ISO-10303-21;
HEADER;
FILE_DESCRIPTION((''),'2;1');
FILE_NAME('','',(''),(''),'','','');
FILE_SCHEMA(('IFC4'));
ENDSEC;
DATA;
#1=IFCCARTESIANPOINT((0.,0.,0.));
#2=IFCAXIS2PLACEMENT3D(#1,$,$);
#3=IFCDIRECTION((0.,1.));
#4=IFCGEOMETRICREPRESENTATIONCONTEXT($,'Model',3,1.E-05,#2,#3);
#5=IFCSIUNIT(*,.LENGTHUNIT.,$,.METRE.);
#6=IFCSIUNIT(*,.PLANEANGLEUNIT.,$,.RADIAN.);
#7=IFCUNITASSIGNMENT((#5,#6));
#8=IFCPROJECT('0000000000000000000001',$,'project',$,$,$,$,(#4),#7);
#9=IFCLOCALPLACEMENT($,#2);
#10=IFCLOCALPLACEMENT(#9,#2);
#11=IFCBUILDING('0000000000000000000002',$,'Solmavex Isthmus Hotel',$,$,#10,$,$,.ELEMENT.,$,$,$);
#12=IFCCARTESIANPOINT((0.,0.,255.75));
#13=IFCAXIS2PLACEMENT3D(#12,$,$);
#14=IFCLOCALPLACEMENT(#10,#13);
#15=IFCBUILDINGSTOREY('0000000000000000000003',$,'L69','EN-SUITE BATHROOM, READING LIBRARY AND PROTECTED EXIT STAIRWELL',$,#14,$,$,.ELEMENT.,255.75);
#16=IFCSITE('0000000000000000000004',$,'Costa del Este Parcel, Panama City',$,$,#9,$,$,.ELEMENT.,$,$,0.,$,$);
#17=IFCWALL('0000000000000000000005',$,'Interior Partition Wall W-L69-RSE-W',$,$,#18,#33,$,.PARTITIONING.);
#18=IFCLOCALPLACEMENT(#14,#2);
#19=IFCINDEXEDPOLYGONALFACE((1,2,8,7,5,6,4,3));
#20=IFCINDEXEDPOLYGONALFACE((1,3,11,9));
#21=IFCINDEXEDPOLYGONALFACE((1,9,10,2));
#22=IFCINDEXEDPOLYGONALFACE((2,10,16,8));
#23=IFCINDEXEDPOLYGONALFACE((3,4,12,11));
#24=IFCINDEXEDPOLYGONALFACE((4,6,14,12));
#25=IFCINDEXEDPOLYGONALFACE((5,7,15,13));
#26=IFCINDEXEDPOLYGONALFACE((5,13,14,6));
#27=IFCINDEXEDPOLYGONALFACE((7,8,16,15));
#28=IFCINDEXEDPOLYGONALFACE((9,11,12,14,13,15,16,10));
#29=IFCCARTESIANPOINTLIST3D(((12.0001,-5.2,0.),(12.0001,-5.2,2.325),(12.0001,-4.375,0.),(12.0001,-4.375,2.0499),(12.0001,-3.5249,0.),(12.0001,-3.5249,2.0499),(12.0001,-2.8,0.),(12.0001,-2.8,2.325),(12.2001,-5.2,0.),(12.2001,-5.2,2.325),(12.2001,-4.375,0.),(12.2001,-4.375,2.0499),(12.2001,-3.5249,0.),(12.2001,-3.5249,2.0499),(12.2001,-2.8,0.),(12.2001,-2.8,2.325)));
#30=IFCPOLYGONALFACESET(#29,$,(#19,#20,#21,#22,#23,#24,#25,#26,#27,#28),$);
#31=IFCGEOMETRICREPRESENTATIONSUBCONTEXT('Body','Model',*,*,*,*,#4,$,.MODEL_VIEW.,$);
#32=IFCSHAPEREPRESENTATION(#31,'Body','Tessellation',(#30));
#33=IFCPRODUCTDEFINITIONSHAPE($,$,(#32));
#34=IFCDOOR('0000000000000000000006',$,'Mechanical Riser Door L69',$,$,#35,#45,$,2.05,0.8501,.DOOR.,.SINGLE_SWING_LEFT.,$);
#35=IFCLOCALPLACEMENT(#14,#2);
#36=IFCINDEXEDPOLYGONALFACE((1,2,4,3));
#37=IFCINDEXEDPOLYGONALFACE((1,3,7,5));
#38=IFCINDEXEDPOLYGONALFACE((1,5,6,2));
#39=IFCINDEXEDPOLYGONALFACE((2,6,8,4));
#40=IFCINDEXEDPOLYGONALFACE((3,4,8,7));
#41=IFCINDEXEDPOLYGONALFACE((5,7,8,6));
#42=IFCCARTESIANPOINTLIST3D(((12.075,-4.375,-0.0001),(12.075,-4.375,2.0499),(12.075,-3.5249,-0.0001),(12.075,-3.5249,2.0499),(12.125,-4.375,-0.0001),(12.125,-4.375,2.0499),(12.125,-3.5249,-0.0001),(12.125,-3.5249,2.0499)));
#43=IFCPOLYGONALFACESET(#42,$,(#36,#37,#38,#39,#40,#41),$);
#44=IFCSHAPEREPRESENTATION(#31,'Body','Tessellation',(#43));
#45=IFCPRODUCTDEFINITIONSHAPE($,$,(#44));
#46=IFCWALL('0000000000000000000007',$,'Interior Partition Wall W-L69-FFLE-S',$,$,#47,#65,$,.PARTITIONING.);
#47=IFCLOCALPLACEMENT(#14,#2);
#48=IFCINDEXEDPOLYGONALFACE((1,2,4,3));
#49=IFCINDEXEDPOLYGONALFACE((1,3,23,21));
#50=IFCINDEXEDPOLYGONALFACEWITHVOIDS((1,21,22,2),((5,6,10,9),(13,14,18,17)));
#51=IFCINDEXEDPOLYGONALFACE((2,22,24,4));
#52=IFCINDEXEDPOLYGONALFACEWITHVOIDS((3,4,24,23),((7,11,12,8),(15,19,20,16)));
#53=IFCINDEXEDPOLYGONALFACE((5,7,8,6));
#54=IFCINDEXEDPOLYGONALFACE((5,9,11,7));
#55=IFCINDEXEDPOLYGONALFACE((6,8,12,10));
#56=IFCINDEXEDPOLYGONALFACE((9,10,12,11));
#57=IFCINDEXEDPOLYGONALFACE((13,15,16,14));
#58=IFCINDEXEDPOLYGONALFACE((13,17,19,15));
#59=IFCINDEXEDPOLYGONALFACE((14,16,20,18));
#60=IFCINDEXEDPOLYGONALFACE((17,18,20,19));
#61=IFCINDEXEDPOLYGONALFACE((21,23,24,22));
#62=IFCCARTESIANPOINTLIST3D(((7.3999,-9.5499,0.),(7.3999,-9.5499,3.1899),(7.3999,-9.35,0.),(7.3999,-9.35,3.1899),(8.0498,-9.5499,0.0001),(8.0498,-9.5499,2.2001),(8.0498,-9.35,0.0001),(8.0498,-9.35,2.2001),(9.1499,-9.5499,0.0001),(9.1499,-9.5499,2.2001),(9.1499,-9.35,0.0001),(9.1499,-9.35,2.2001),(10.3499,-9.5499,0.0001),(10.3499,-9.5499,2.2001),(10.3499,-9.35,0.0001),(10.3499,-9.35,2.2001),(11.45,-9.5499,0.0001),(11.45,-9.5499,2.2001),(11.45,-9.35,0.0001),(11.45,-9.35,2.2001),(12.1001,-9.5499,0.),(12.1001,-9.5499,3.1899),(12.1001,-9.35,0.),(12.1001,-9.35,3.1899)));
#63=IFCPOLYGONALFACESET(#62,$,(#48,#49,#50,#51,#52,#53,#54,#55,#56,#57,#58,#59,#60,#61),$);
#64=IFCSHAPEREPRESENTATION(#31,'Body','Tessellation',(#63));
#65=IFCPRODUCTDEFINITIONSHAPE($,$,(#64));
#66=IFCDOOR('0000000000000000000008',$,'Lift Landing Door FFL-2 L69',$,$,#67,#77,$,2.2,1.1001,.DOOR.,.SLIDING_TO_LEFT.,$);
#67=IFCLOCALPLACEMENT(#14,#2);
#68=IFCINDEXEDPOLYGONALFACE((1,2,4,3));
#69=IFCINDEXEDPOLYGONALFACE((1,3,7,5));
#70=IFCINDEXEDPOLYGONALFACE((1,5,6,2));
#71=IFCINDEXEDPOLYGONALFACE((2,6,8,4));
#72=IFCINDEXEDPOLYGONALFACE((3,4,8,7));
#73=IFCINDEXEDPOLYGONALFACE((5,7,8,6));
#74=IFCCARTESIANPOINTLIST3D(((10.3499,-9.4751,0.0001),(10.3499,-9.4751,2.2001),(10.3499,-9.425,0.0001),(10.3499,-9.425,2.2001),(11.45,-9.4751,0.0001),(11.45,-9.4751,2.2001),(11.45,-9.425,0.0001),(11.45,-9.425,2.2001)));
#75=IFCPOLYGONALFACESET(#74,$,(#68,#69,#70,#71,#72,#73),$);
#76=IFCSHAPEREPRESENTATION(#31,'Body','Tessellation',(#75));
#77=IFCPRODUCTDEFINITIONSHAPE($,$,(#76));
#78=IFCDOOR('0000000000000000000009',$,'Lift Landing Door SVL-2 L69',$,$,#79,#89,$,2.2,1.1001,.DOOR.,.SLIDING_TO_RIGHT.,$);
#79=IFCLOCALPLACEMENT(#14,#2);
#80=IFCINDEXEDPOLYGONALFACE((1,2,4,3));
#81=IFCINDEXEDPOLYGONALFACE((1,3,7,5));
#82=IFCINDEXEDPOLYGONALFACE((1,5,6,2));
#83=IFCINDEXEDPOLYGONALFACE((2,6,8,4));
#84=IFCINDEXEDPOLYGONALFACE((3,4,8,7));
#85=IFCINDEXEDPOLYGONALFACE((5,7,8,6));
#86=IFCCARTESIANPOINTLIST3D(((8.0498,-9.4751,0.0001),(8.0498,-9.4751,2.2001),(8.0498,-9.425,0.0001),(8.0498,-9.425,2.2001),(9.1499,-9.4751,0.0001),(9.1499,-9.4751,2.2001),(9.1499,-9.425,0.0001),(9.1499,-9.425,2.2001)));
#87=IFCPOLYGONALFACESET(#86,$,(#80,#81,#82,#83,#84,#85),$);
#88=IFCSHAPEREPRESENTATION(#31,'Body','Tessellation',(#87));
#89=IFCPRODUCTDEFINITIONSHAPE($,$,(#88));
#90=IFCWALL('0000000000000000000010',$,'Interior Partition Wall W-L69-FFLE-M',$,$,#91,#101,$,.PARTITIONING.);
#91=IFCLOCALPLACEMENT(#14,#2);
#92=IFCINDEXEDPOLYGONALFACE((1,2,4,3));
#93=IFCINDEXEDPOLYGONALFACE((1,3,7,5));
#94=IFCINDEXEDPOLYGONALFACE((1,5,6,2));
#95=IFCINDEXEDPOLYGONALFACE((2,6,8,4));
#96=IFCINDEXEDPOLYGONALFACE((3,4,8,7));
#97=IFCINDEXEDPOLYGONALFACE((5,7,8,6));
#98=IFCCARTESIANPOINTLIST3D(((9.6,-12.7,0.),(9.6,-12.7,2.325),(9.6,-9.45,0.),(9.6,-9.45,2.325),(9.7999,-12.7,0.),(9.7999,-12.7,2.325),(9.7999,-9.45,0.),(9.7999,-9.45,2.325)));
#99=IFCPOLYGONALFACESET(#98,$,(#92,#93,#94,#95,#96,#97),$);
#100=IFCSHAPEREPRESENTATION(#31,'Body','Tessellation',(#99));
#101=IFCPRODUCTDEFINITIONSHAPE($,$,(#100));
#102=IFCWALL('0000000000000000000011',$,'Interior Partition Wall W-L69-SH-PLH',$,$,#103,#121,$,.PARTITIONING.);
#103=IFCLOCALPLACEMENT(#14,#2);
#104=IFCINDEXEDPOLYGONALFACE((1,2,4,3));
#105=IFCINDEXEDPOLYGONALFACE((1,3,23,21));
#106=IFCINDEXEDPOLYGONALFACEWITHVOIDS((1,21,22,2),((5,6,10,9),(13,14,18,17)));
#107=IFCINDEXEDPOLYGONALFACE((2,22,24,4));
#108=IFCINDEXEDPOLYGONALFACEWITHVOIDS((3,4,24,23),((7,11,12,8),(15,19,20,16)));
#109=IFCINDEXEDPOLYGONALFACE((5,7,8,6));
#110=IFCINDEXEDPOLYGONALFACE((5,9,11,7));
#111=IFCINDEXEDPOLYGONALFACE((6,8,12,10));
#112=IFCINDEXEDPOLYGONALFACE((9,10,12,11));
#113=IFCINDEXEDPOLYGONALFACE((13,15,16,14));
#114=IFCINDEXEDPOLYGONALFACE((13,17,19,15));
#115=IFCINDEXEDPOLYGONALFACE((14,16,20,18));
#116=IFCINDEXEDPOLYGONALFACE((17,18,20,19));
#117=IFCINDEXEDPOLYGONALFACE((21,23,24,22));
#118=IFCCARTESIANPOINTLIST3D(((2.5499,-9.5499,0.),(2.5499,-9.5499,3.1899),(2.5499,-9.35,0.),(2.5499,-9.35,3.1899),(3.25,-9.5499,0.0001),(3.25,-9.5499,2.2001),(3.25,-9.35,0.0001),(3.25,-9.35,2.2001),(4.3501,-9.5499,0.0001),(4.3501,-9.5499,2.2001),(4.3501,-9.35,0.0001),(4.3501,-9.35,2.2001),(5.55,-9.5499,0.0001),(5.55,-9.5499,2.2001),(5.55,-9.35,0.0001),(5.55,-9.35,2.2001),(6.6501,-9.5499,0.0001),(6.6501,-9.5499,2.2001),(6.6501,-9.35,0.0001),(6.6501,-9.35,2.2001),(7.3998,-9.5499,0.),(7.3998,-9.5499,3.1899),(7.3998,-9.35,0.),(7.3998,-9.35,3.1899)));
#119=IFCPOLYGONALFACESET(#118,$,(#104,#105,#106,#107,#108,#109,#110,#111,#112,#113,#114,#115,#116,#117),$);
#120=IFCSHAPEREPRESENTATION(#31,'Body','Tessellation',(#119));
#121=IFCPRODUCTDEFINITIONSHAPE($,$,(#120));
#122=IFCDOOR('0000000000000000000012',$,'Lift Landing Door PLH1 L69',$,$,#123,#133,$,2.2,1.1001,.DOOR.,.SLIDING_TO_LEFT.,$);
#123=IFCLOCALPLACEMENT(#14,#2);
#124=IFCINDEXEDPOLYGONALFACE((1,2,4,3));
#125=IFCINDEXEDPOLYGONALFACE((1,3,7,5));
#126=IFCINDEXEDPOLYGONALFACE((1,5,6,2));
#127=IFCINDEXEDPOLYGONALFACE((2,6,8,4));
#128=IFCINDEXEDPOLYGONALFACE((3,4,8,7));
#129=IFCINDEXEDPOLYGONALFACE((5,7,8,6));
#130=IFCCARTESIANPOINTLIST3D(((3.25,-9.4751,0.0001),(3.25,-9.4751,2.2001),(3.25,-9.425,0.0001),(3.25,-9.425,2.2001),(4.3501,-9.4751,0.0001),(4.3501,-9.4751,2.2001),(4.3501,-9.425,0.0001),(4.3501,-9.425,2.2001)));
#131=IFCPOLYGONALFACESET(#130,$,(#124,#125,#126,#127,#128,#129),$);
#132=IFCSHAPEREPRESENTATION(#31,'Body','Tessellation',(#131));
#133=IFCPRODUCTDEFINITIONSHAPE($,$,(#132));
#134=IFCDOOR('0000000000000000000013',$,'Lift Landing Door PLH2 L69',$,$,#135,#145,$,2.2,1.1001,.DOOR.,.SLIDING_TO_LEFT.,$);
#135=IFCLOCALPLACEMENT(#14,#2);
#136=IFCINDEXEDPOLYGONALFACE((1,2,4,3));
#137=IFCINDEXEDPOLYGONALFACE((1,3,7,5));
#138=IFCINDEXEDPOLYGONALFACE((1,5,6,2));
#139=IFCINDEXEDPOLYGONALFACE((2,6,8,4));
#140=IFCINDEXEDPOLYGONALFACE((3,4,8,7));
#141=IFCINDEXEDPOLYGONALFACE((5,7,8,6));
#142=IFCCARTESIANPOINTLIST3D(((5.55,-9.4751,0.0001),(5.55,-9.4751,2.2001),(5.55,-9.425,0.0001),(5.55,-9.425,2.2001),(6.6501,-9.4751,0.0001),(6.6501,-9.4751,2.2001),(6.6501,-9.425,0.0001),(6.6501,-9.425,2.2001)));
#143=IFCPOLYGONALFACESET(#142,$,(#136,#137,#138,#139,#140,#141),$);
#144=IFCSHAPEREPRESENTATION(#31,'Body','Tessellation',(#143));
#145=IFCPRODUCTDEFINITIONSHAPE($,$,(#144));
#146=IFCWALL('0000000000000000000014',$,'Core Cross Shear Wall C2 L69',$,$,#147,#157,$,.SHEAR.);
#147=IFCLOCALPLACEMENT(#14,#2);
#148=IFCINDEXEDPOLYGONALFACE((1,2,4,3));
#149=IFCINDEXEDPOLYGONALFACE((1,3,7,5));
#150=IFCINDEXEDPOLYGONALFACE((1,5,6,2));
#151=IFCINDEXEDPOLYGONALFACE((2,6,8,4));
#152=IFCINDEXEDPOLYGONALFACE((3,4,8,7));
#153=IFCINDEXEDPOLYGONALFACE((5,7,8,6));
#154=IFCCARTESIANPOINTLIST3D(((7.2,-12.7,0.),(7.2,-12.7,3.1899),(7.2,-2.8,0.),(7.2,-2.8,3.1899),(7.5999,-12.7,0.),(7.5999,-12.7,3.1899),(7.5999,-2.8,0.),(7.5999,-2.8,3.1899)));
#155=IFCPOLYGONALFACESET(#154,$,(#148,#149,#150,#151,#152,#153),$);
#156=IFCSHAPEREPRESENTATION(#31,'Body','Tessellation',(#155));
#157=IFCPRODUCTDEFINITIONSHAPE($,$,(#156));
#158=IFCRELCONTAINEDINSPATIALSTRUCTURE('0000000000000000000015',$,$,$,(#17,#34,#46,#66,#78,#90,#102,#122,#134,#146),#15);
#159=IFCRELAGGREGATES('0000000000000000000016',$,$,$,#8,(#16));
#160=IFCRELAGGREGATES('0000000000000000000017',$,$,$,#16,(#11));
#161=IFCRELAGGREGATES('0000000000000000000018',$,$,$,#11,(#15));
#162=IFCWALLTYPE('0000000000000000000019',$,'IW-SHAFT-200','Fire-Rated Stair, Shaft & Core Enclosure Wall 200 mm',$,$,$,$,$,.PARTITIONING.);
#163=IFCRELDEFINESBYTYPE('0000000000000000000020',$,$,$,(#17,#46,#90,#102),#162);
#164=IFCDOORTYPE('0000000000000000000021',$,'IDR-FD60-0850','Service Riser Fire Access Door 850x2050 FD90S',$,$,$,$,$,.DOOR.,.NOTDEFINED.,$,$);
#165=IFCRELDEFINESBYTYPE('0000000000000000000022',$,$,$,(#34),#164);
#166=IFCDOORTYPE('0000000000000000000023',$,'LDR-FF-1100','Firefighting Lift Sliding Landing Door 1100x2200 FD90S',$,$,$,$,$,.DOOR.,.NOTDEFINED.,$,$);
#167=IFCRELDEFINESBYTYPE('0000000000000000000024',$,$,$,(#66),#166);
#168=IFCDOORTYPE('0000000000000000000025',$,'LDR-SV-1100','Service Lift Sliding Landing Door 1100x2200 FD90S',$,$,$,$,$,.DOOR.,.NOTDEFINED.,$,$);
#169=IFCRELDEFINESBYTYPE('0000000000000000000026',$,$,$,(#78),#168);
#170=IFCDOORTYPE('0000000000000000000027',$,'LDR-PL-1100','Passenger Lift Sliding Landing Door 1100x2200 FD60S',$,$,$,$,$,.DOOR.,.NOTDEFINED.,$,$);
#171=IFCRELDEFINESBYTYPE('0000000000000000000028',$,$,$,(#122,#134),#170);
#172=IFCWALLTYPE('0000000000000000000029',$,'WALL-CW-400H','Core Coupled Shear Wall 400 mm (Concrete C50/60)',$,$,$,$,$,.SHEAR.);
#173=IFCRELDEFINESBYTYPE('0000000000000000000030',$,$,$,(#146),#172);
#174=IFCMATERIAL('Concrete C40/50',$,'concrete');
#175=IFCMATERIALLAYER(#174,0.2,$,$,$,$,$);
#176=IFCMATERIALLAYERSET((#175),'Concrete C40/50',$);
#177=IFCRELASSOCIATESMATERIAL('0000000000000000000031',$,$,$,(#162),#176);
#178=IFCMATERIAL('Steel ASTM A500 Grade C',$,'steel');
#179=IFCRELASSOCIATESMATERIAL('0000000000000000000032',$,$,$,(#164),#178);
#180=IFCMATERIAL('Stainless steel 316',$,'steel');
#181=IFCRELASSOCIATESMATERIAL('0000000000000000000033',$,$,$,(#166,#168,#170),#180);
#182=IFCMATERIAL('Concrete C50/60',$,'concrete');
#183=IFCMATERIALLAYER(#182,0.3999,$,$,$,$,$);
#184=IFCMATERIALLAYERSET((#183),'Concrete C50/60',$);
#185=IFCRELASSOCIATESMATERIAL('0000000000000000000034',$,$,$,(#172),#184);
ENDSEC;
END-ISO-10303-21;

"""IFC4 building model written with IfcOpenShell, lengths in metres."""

from ifc_helpers import new_model, si_unit, direction, frame, frame_2d, origin, place, context, subcontext, project, spatial, rectangle, extrude, material, layer, layer_set, type_object, element, fill, save


model = new_model("IFC4")

# Units and contexts
model_context = context("Model", 3, precision=1e-05, world=origin(), true_north=direction((0.0, 1.0)))
body_context = subcontext(model_context, "Body", "Model", "MODEL_VIEW")
ifc_project = project(units=[si_unit("LENGTHUNIT", "METRE"), si_unit("PLANEANGLEUNIT", "RADIAN")], contexts=[model_context])

# Site, building, storey
site_placement = place(None, origin())
site = spatial("IfcSite", under=ifc_project, at=site_placement, Name="Costa del Este Parcel, Panama City", CompositionType="ELEMENT", RefElevation=0.0)
building_placement = place(site_placement, origin())
building = spatial("IfcBuilding", under=site, at=building_placement, Name="Solmavex Isthmus Hotel", CompositionType="ELEMENT")
storey_placement = place(building_placement, frame((0.0, 0.0, 255.75)))
storey = spatial("IfcBuildingStorey", under=building, at=storey_placement, Name="L69", Description="EN-SUITE BATHROOM, READING LIBRARY AND PROTECTED EXIT STAIRWELL", CompositionType="ELEMENT", Elevation=255.75)

# Shared definitions
ifc_material_1 = material(Name="Concrete C50/60", Category="concrete")

# Shared definitions
ifc_material_2 = material(Name="Concrete C40/50", Category="concrete")

# Wall, opening, door
ifc_layer_1 = layer(ifc_material_2, 0.2)
ifc_layer_set_1 = layer_set([ifc_layer_1], Name="Concrete C40/50")
wall_type_1 = type_object("IfcWallType", Name="IW-SHAFT-200", Description="Fire-Rated Stair, Shaft & Core Enclosure Wall 200 mm", PredefinedType="PARTITIONING", material=ifc_layer_set_1)
wall_1_placement = place(storey_placement, frame((12.1001, -5.2, 0.0), z_axis=(0.0, 0.0, 1.0), x_axis=(0.0, 1.0, 0.0)))
wall_1 = element("IfcWall", 1, at=wall_1_placement, inside=storey, type_object=wall_type_1, Name="Interior Partition Wall W-L69-RSE-W", PredefinedType="PARTITIONING", context=body_context, shape_type="SweptSolid", body=[
    extrude(rectangle(XDim=2.3999, YDim=0.2, at=frame_2d((1.2, 0.0))), origin(), (0.0, 0.0, 1.0), 2.325),
])
opening_1_placement = place(wall_1_placement, frame((0.825, 0.0, 0.0)))
opening_1 = element("IfcOpeningElement", 2, at=opening_1_placement, cuts=wall_1, PredefinedType="OPENING", context=body_context, shape_type="SweptSolid", body=[
    extrude(rectangle(XDim=0.8501, YDim=2.05, at=frame_2d((0.425, 1.0249))), frame((0.0, 0.1099, 0.0), z_axis=(0.0, -1.0, 0.0), x_axis=(1.0, 0.0, 0.0)), (0.0, 0.0, 1.0), 0.22),
])
ifc_material_3 = material(Name="Steel ASTM A500 Grade C", Category="steel")
door_type_1 = type_object("IfcDoorType", Name="IDR-FD60-0850", Description="Service Riser Fire Access Door 850x2050 FD90S", OperationType="NOTDEFINED", PredefinedType="DOOR", material=ifc_material_3)
door_1_placement = place(opening_1_placement, frame((0.8501, 0.0, 0.0), z_axis=(0.0, 0.0, 1.0), x_axis=(-1.0, 0.0, 0.0)))
door_1 = element("IfcDoor", 3, at=door_1_placement, inside=storey, type_object=door_type_1, Name="Mechanical Riser Door L69", OperationType="SINGLE_SWING_LEFT", OverallHeight=2.05, OverallWidth=0.8501, PredefinedType="DOOR", context=body_context, shape_type="SweptSolid", body=[
    extrude(rectangle(XDim=0.8501, YDim=2.05, at=frame_2d((0.425, 1.0249))), frame((0.0, 0.0249, 0.0), z_axis=(0.0, -1.0, 0.0), x_axis=(1.0, 0.0, 0.0)), (0.0, 0.0, 1.0), 0.05),
])
fill(opening_1, door_1)

# Wall, openings, doors
wall_2_placement = place(storey_placement, frame((7.3999, -9.45, 0.0), z_axis=(0.0, 0.0, 1.0), x_axis=(1.0, 0.0, 0.0)))
wall_2 = element("IfcWall", 4, at=wall_2_placement, inside=storey, type_object=wall_type_1, Name="Interior Partition Wall W-L69-FFLE-S", PredefinedType="PARTITIONING", context=body_context, shape_type="SweptSolid", body=[
    extrude(rectangle(XDim=4.7002, YDim=0.2, at=frame_2d((2.3501, 0.0))), origin(), (0.0, 0.0, 1.0), 3.1899),
])
opening_2_placement = place(wall_2_placement, frame((2.95, 0.0, 0.0)))
opening_2 = element("IfcOpeningElement", 5, at=opening_2_placement, cuts=wall_2, PredefinedType="OPENING", context=body_context, shape_type="SweptSolid", body=[
    extrude(rectangle(XDim=1.1001, YDim=2.2, at=frame_2d((0.55, 1.1001))), frame((0.0, 0.1099, 0.0), z_axis=(0.0, -1.0, 0.0), x_axis=(1.0, 0.0, 0.0)), (0.0, 0.0, 1.0), 0.22),
])
opening_3_placement = place(wall_2_placement, frame((0.6499, 0.0, 0.0)))
opening_3 = element("IfcOpeningElement", 6, at=opening_3_placement, cuts=wall_2, PredefinedType="OPENING", context=body_context, shape_type="SweptSolid", body=[
    extrude(rectangle(XDim=1.1001, YDim=2.2, at=frame_2d((0.55, 1.1001))), frame((0.0, 0.1099, 0.0), z_axis=(0.0, -1.0, 0.0), x_axis=(1.0, 0.0, 0.0)), (0.0, 0.0, 1.0), 0.22),
])
ifc_material_4 = material(Name="Stainless steel 316", Category="steel")
door_type_2 = type_object("IfcDoorType", Name="LDR-FF-1100", Description="Firefighting Lift Sliding Landing Door 1100x2200 FD90S", OperationType="NOTDEFINED", PredefinedType="DOOR", material=ifc_material_4)
door_2_placement = place(opening_2_placement, origin())
door_2 = element("IfcDoor", 7, at=door_2_placement, inside=storey, type_object=door_type_2, Name="Lift Landing Door FFL-2 L69", OperationType="SLIDING_TO_LEFT", OverallHeight=2.2, OverallWidth=1.1001, PredefinedType="DOOR", context=body_context, shape_type="SweptSolid", body=[
    extrude(rectangle(XDim=1.1001, YDim=2.2, at=frame_2d((0.55, 1.1001))), frame((0.0, 0.0249, 0.0), z_axis=(0.0, -1.0, 0.0), x_axis=(1.0, 0.0, 0.0)), (0.0, 0.0, 1.0), 0.05),
])
fill(opening_2, door_2)
door_type_3 = type_object("IfcDoorType", Name="LDR-SV-1100", Description="Service Lift Sliding Landing Door 1100x2200 FD90S", OperationType="NOTDEFINED", PredefinedType="DOOR", material=ifc_material_4)
door_3_placement = place(opening_3_placement, origin())
door_3 = element("IfcDoor", 8, at=door_3_placement, inside=storey, type_object=door_type_3, Name="Lift Landing Door SVL-2 L69", OperationType="SLIDING_TO_RIGHT", OverallHeight=2.2, OverallWidth=1.1001, PredefinedType="DOOR", context=body_context, shape_type="SweptSolid", body=[
    extrude(rectangle(XDim=1.1001, YDim=2.2, at=frame_2d((0.55, 1.1001))), frame((0.0, 0.0249, 0.0), z_axis=(0.0, -1.0, 0.0), x_axis=(1.0, 0.0, 0.0)), (0.0, 0.0, 1.0), 0.05),
])
fill(opening_3, door_3)

# Wall
wall_3_placement = place(storey_placement, frame((9.7, -12.7, 0.0), z_axis=(0.0, 0.0, 1.0), x_axis=(0.0, 1.0, 0.0)))
element("IfcWall", 9, at=wall_3_placement, inside=storey, type_object=wall_type_1, Name="Interior Partition Wall W-L69-FFLE-M", PredefinedType="PARTITIONING", context=body_context, shape_type="SweptSolid", body=[
    extrude(rectangle(XDim=3.25, YDim=0.2, at=frame_2d((1.625, 0.0))), origin(), (0.0, 0.0, 1.0), 2.325),
])

# Wall, openings, doors
wall_4_placement = place(storey_placement, frame((2.55, -9.45, 0.0), z_axis=(0.0, 0.0, 1.0), x_axis=(1.0, 0.0, 0.0)))
wall_4 = element("IfcWall", 10, at=wall_4_placement, inside=storey, type_object=wall_type_1, Name="Interior Partition Wall W-L69-SH-PLH", PredefinedType="PARTITIONING", context=body_context, shape_type="SweptSolid", body=[
    extrude(rectangle(XDim=4.8499, YDim=0.2, at=frame_2d((2.4248, 0.0))), origin(), (0.0, 0.0, 1.0), 3.1899),
])
opening_4_placement = place(wall_4_placement, frame((0.7, 0.0, 0.0)))
opening_4 = element("IfcOpeningElement", 11, at=opening_4_placement, cuts=wall_4, PredefinedType="OPENING", context=body_context, shape_type="SweptSolid", body=[
    extrude(rectangle(XDim=1.1001, YDim=2.2, at=frame_2d((0.55, 1.1001))), frame((0.0, 0.1099, 0.0), z_axis=(0.0, -1.0, 0.0), x_axis=(1.0, 0.0, 0.0)), (0.0, 0.0, 1.0), 0.22),
])
opening_5_placement = place(wall_4_placement, frame((3.0, 0.0, 0.0)))
opening_5 = element("IfcOpeningElement", 12, at=opening_5_placement, cuts=wall_4, PredefinedType="OPENING", context=body_context, shape_type="SweptSolid", body=[
    extrude(rectangle(XDim=1.1001, YDim=2.2, at=frame_2d((0.55, 1.1001))), frame((0.0, 0.1099, 0.0), z_axis=(0.0, -1.0, 0.0), x_axis=(1.0, 0.0, 0.0)), (0.0, 0.0, 1.0), 0.22),
])
door_type_4 = type_object("IfcDoorType", Name="LDR-PL-1100", Description="Passenger Lift Sliding Landing Door 1100x2200 FD60S", OperationType="NOTDEFINED", PredefinedType="DOOR", material=ifc_material_4)
door_4_placement = place(opening_4_placement, origin())
door_4 = element("IfcDoor", 13, at=door_4_placement, inside=storey, type_object=door_type_4, Name="Lift Landing Door PLH1 L69", OperationType="SLIDING_TO_LEFT", OverallHeight=2.2, OverallWidth=1.1001, PredefinedType="DOOR", context=body_context, shape_type="SweptSolid", body=[
    extrude(rectangle(XDim=1.1001, YDim=2.2, at=frame_2d((0.55, 1.1001))), frame((0.0, 0.0249, 0.0), z_axis=(0.0, -1.0, 0.0), x_axis=(1.0, 0.0, 0.0)), (0.0, 0.0, 1.0), 0.05),
])
fill(opening_4, door_4)
door_5_placement = place(opening_5_placement, origin())
door_5 = element("IfcDoor", 14, at=door_5_placement, inside=storey, type_object=door_type_4, Name="Lift Landing Door PLH2 L69", OperationType="SLIDING_TO_LEFT", OverallHeight=2.2, OverallWidth=1.1001, PredefinedType="DOOR", context=body_context, shape_type="SweptSolid", body=[
    extrude(rectangle(XDim=1.1001, YDim=2.2, at=frame_2d((0.55, 1.1001))), frame((0.0, 0.0249, 0.0), z_axis=(0.0, -1.0, 0.0), x_axis=(1.0, 0.0, 0.0)), (0.0, 0.0, 1.0), 0.05),
])
fill(opening_5, door_5)

# Wall
ifc_layer_2 = layer(ifc_material_1, 0.3999)
ifc_layer_set_2 = layer_set([ifc_layer_2], Name="Concrete C50/60")
wall_type_2 = type_object("IfcWallType", Name="WALL-CW-400H", Description="Core Coupled Shear Wall 400 mm (Concrete C50/60)", PredefinedType="SHEAR", material=ifc_layer_set_2)
wall_5_placement = place(storey_placement, frame((7.3999, -12.7, 0.0), z_axis=(0.0, 0.0, 1.0), x_axis=(0.0, 1.0, 0.0)))
element("IfcWall", 15, at=wall_5_placement, inside=storey, type_object=wall_type_2, Name="Core Cross Shear Wall C2 L69", PredefinedType="SHEAR", context=body_context, shape_type="SweptSolid", body=[
    extrude(rectangle(XDim=9.8999, YDim=0.3999, at=frame_2d((4.95, 0.0))), origin(), (0.0, 0.0, 1.0), 3.1899),
])

save(model, "model.ifc")
